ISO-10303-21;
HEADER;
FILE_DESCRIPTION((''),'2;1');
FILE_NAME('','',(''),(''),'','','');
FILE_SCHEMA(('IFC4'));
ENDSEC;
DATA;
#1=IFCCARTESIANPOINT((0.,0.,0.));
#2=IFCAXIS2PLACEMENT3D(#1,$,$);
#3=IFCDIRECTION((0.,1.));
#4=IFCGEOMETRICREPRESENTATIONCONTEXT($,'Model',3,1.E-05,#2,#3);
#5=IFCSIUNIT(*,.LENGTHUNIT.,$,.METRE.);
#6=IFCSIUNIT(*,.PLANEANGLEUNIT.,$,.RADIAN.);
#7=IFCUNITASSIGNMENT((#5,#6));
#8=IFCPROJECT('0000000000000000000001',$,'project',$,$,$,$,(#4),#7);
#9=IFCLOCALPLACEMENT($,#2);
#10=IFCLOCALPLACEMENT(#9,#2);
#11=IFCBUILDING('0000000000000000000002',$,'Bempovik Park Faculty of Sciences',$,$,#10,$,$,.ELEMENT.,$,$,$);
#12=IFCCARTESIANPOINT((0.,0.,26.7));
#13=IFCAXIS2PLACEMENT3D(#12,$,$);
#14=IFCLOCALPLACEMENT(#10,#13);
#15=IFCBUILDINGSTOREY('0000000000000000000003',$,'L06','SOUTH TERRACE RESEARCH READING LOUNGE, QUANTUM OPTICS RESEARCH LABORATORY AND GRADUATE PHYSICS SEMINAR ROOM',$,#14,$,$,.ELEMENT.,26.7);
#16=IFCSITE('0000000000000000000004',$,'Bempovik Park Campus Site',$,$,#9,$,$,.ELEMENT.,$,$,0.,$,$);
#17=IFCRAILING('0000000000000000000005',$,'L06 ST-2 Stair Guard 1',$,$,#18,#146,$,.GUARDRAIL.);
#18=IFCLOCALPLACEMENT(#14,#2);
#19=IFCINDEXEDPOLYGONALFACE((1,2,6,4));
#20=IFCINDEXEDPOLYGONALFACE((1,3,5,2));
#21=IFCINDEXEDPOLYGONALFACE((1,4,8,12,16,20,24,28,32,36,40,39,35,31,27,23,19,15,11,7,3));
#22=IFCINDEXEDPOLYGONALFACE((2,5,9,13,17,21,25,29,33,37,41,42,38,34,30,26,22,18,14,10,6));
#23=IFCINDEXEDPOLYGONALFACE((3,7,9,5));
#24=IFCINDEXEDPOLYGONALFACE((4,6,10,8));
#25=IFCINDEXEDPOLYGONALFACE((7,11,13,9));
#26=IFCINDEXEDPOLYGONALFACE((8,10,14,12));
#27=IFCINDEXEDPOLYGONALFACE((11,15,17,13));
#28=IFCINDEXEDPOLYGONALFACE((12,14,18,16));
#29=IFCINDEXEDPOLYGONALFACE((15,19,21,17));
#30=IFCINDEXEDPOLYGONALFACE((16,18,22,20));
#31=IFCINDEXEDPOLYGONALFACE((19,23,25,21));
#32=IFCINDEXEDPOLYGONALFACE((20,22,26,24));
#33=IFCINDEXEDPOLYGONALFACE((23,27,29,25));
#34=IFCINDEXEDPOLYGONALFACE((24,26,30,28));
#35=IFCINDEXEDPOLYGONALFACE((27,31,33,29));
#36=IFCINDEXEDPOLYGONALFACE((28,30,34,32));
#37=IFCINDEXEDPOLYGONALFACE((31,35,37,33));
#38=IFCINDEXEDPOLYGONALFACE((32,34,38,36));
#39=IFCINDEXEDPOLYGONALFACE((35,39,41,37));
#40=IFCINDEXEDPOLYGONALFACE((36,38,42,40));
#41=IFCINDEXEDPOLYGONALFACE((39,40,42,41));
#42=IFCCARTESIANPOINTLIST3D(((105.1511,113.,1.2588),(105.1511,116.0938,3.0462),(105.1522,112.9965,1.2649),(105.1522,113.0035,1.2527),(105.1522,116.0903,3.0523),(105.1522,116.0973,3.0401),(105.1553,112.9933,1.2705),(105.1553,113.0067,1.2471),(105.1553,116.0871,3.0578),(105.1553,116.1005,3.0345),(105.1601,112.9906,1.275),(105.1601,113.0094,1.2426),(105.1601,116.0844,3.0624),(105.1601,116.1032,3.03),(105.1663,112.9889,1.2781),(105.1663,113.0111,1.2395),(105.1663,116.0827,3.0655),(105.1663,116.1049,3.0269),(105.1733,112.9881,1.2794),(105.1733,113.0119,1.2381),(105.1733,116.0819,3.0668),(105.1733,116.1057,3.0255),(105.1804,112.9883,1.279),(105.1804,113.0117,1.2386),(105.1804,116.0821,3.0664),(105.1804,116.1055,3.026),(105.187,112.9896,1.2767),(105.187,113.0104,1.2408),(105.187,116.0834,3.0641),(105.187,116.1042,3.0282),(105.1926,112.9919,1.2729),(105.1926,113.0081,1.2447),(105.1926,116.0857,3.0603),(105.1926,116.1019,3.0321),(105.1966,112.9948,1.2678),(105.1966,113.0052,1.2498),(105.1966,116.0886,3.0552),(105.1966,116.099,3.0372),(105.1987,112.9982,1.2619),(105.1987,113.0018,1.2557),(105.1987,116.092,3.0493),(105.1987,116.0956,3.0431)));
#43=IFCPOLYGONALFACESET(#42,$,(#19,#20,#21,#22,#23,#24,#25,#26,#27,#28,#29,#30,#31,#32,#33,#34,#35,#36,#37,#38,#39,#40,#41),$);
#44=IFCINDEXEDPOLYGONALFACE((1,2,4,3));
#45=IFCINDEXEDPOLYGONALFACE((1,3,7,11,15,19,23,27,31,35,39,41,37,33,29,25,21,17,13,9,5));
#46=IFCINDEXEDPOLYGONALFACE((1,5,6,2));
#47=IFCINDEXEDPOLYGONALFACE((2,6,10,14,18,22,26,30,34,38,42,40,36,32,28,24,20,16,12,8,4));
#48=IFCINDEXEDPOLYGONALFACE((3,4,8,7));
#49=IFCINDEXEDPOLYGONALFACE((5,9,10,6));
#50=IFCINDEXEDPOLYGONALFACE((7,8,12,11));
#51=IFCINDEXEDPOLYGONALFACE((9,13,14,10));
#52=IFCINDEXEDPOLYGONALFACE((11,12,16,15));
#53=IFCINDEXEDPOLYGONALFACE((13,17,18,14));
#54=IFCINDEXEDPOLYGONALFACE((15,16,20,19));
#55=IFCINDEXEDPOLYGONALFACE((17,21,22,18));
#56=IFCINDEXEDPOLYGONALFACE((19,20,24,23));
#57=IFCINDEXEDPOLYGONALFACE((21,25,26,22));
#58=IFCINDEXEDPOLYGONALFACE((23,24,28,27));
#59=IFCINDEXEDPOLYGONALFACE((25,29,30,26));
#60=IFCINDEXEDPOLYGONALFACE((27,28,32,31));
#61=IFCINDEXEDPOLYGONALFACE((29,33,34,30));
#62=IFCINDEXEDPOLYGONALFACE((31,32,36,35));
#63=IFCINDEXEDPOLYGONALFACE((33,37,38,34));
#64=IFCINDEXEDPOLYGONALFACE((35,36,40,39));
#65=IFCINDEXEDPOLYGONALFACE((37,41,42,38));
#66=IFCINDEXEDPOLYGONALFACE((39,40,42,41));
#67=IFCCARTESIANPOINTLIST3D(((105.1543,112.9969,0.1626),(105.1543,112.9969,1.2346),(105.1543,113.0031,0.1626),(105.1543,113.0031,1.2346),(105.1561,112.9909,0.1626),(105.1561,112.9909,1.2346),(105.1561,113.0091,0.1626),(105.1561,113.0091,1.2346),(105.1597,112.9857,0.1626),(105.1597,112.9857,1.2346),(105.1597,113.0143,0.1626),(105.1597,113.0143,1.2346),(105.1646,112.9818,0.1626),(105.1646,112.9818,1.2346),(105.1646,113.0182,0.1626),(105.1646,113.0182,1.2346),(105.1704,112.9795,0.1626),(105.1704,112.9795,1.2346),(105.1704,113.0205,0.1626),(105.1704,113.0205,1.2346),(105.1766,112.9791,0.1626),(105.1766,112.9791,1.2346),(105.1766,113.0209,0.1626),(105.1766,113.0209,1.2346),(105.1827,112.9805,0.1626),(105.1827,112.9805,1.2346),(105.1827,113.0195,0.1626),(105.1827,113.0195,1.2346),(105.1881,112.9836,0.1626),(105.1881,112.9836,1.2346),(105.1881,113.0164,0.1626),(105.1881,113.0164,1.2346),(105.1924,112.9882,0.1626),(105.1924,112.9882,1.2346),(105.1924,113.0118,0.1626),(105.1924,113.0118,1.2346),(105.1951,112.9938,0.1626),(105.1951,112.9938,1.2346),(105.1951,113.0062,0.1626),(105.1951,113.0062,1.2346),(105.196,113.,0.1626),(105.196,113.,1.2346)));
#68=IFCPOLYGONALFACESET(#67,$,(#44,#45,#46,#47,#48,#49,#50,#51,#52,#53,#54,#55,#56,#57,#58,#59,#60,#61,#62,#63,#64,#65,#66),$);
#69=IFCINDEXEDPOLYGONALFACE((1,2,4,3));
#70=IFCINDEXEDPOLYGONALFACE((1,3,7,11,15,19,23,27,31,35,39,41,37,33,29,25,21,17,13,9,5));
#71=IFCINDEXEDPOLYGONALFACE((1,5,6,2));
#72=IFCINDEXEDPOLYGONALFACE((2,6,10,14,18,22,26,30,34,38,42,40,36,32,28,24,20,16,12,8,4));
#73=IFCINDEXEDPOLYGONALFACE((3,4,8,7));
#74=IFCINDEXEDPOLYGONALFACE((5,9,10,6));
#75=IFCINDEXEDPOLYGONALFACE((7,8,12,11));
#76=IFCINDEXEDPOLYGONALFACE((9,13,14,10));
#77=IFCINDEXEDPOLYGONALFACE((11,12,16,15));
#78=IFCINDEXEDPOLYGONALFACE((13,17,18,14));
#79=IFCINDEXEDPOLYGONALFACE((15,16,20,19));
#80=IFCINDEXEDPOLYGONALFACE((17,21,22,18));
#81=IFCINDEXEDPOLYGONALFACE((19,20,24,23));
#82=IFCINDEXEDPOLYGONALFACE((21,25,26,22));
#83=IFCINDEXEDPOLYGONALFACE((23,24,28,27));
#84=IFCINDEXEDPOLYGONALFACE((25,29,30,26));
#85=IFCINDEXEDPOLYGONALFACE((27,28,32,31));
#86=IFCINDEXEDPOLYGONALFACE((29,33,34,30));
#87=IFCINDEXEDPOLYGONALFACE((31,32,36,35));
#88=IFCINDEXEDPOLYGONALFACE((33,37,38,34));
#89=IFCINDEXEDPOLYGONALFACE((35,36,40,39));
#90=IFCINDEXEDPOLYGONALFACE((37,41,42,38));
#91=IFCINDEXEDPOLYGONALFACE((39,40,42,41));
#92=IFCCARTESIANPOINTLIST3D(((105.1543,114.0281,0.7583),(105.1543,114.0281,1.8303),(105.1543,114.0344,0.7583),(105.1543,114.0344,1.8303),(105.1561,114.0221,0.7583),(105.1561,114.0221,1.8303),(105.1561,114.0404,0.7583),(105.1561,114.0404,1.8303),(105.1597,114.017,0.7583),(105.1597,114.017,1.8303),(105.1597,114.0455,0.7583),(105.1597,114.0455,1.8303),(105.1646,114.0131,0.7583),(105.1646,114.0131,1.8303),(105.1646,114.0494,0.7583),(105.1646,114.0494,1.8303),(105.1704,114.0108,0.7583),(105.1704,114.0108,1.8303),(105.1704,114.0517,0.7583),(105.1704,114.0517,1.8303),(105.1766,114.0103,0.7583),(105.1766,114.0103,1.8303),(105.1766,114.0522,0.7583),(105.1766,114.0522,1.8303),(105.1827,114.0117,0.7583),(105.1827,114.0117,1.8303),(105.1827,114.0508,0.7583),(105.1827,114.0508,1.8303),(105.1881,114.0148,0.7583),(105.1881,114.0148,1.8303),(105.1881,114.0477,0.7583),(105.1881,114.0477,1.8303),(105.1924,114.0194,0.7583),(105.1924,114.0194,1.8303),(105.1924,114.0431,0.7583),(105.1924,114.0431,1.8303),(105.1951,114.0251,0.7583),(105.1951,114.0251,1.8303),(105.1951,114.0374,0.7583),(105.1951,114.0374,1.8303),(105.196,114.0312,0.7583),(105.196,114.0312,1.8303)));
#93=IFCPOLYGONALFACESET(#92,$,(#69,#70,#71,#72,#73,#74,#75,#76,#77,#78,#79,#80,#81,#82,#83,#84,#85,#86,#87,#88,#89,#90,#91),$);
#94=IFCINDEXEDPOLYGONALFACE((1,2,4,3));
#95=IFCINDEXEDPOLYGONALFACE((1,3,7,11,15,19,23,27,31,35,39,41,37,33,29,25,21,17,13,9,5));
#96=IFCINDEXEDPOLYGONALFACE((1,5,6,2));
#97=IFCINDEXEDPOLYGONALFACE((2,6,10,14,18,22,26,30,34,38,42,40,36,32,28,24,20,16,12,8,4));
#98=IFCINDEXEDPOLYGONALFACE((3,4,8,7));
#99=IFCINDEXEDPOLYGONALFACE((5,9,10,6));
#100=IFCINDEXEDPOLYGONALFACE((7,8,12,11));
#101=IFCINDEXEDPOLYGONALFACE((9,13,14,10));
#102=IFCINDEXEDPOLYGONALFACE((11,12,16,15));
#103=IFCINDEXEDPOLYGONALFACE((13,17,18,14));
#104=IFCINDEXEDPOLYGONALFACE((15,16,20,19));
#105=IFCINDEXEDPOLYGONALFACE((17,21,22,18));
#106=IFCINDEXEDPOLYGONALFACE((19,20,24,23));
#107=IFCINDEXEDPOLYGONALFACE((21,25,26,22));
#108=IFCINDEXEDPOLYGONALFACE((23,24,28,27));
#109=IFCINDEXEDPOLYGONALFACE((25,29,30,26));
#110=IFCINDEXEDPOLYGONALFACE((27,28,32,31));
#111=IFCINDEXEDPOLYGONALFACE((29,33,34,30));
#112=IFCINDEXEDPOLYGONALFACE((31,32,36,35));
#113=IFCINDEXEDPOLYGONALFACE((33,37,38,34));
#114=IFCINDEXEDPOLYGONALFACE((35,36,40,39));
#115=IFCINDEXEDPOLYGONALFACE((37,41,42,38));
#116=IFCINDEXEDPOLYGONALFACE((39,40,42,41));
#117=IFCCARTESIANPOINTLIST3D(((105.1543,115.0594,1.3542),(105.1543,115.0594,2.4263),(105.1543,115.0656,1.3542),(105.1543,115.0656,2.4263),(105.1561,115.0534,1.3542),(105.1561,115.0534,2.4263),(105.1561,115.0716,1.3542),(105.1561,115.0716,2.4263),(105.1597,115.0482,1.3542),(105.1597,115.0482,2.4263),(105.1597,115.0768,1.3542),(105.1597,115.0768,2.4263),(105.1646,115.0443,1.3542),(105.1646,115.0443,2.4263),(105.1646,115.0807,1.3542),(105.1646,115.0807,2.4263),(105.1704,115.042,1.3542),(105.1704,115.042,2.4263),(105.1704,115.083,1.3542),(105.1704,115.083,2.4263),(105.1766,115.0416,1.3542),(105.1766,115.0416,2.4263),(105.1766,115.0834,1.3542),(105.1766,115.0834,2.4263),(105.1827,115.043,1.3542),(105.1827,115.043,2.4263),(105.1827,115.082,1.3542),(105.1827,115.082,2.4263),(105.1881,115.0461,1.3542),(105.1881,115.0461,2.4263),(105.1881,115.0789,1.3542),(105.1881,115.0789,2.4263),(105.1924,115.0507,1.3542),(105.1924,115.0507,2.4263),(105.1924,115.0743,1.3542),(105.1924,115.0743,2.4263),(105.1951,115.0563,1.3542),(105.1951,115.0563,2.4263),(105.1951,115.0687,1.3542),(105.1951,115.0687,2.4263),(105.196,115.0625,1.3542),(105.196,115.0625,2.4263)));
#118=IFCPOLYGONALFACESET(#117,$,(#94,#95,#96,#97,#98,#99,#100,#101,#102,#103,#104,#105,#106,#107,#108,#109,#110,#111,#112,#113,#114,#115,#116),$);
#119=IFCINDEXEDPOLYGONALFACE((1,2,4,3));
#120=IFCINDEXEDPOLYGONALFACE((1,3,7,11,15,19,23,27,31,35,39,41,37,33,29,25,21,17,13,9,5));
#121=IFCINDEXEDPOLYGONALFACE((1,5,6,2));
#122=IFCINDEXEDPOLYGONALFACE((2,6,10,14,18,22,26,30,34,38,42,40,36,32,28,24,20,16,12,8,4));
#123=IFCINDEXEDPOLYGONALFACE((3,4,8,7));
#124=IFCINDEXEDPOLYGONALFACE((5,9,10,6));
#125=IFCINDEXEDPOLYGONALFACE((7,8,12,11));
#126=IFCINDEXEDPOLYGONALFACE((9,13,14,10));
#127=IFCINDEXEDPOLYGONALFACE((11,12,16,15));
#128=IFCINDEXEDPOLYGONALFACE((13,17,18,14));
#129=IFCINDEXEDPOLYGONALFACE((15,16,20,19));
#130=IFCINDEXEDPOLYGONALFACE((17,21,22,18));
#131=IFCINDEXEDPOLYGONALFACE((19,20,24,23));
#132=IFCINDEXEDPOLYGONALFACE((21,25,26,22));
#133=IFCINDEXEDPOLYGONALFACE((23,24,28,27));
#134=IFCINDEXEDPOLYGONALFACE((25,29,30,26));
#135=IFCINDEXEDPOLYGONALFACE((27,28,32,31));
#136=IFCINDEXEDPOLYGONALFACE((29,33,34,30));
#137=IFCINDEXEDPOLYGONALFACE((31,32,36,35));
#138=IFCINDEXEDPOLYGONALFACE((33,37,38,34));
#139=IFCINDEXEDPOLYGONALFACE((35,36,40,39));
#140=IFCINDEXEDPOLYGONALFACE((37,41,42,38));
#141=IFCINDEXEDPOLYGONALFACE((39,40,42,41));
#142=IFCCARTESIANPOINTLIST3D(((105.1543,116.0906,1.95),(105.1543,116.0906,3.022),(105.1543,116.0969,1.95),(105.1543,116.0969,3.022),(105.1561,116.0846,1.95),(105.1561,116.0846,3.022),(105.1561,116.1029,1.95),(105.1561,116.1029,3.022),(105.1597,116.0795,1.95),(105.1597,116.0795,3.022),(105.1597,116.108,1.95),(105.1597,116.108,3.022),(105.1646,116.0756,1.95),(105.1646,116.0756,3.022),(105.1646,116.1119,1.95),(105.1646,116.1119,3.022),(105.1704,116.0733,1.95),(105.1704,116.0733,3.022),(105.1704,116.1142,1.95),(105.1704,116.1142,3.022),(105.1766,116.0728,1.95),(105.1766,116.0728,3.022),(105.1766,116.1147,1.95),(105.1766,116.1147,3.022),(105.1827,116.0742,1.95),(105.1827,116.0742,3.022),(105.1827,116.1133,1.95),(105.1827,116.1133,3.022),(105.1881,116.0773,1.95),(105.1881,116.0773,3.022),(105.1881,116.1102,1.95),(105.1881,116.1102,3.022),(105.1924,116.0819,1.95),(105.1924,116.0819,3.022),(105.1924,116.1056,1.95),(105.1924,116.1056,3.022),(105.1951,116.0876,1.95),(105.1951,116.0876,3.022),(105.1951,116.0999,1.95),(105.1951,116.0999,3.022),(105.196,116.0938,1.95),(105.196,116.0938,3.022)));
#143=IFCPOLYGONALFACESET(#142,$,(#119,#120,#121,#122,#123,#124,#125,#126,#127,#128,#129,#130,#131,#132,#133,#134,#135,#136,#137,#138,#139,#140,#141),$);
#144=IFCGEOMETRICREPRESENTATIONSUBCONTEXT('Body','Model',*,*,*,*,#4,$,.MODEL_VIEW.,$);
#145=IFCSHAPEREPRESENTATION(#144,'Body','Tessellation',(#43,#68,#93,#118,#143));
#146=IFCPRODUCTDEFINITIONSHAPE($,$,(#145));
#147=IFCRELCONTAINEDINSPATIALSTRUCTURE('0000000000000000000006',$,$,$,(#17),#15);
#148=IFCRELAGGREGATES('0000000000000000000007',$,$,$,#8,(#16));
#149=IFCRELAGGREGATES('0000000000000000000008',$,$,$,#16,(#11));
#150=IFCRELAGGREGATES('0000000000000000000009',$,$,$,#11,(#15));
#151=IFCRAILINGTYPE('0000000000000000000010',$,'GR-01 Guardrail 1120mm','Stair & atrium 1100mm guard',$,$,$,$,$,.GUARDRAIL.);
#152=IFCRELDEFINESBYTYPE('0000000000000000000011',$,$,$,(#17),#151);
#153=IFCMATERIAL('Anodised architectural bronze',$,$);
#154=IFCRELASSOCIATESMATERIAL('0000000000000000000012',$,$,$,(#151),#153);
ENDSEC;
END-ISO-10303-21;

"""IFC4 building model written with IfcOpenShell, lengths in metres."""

from ifc_helpers import new_model, si_unit, direction, frame, origin, origin_2d, place, context, subcontext, project, spatial, circle, extrude, material, type_object, element, save


model = new_model("IFC4")

# Units and contexts
model_context = context("Model", 3, precision=1e-05, world=origin(), true_north=direction((0.0, 1.0)))
body_context = subcontext(model_context, "Body", "Model", "MODEL_VIEW")
ifc_project = project(units=[si_unit("LENGTHUNIT", "METRE"), si_unit("PLANEANGLEUNIT", "RADIAN")], contexts=[model_context])

# Site, building, storey
site_placement = place(None, origin())
site = spatial("IfcSite", under=ifc_project, at=site_placement, Name="Bempovik Park Campus Site", CompositionType="ELEMENT", RefElevation=0.0)
building_placement = place(site_placement, origin())
building = spatial("IfcBuilding", under=site, at=building_placement, Name="Bempovik Park Faculty of Sciences", CompositionType="ELEMENT")
storey_placement = place(building_placement, frame((0.0, 0.0, 26.7)))
storey = spatial("IfcBuildingStorey", under=building, at=storey_placement, Name="L06", Description="SOUTH TERRACE RESEARCH READING LOUNGE, QUANTUM OPTICS RESEARCH LABORATORY AND GRADUATE PHYSICS SEMINAR ROOM", CompositionType="ELEMENT", Elevation=26.7)

# Railing
ifc_material_1 = material(Name="Anodised architectural bronze")
railing_type_1 = type_object("IfcRailingType", Name="GR-01 Guardrail 1120mm", Description="Stair & atrium 1100mm guard", PredefinedType="GUARDRAIL", material=ifc_material_1)
railing_1_placement = place(storey_placement, frame((105.175, 113.0, 0.1626)))
element("IfcRailing", 1, at=railing_1_placement, inside=storey, type_object=railing_type_1, Name="L06 ST-2 Stair Guard 1", PredefinedType="GUARDRAIL", context=body_context, shape_type="SweptSolid", body=[
    extrude(circle(Radius=0.0239, at=origin_2d()), frame((0.0, 0.0, 1.0962), z_axis=(0.0, 0.865883, 0.500247), x_axis=(-1.0, 0.0, 0.0)), (0.0, 0.0, 1.0), 3.573),
    extrude(circle(Radius=0.021, at=origin_2d()), origin(), (0.0, 0.0, 1.0), 1.072),
    extrude(circle(Radius=0.021, at=origin_2d()), frame((0.0, 1.0312, 0.5957)), (0.0, 0.0, 1.0), 1.072),
    extrude(circle(Radius=0.021, at=origin_2d()), frame((0.0, 2.0625, 1.1917)), (0.0, 0.0, 1.0), 1.072),
    extrude(circle(Radius=0.021, at=origin_2d()), frame((0.0, 3.0938, 1.7874)), (0.0, 0.0, 1.0), 1.072),
])

save(model, "model.ifc")
